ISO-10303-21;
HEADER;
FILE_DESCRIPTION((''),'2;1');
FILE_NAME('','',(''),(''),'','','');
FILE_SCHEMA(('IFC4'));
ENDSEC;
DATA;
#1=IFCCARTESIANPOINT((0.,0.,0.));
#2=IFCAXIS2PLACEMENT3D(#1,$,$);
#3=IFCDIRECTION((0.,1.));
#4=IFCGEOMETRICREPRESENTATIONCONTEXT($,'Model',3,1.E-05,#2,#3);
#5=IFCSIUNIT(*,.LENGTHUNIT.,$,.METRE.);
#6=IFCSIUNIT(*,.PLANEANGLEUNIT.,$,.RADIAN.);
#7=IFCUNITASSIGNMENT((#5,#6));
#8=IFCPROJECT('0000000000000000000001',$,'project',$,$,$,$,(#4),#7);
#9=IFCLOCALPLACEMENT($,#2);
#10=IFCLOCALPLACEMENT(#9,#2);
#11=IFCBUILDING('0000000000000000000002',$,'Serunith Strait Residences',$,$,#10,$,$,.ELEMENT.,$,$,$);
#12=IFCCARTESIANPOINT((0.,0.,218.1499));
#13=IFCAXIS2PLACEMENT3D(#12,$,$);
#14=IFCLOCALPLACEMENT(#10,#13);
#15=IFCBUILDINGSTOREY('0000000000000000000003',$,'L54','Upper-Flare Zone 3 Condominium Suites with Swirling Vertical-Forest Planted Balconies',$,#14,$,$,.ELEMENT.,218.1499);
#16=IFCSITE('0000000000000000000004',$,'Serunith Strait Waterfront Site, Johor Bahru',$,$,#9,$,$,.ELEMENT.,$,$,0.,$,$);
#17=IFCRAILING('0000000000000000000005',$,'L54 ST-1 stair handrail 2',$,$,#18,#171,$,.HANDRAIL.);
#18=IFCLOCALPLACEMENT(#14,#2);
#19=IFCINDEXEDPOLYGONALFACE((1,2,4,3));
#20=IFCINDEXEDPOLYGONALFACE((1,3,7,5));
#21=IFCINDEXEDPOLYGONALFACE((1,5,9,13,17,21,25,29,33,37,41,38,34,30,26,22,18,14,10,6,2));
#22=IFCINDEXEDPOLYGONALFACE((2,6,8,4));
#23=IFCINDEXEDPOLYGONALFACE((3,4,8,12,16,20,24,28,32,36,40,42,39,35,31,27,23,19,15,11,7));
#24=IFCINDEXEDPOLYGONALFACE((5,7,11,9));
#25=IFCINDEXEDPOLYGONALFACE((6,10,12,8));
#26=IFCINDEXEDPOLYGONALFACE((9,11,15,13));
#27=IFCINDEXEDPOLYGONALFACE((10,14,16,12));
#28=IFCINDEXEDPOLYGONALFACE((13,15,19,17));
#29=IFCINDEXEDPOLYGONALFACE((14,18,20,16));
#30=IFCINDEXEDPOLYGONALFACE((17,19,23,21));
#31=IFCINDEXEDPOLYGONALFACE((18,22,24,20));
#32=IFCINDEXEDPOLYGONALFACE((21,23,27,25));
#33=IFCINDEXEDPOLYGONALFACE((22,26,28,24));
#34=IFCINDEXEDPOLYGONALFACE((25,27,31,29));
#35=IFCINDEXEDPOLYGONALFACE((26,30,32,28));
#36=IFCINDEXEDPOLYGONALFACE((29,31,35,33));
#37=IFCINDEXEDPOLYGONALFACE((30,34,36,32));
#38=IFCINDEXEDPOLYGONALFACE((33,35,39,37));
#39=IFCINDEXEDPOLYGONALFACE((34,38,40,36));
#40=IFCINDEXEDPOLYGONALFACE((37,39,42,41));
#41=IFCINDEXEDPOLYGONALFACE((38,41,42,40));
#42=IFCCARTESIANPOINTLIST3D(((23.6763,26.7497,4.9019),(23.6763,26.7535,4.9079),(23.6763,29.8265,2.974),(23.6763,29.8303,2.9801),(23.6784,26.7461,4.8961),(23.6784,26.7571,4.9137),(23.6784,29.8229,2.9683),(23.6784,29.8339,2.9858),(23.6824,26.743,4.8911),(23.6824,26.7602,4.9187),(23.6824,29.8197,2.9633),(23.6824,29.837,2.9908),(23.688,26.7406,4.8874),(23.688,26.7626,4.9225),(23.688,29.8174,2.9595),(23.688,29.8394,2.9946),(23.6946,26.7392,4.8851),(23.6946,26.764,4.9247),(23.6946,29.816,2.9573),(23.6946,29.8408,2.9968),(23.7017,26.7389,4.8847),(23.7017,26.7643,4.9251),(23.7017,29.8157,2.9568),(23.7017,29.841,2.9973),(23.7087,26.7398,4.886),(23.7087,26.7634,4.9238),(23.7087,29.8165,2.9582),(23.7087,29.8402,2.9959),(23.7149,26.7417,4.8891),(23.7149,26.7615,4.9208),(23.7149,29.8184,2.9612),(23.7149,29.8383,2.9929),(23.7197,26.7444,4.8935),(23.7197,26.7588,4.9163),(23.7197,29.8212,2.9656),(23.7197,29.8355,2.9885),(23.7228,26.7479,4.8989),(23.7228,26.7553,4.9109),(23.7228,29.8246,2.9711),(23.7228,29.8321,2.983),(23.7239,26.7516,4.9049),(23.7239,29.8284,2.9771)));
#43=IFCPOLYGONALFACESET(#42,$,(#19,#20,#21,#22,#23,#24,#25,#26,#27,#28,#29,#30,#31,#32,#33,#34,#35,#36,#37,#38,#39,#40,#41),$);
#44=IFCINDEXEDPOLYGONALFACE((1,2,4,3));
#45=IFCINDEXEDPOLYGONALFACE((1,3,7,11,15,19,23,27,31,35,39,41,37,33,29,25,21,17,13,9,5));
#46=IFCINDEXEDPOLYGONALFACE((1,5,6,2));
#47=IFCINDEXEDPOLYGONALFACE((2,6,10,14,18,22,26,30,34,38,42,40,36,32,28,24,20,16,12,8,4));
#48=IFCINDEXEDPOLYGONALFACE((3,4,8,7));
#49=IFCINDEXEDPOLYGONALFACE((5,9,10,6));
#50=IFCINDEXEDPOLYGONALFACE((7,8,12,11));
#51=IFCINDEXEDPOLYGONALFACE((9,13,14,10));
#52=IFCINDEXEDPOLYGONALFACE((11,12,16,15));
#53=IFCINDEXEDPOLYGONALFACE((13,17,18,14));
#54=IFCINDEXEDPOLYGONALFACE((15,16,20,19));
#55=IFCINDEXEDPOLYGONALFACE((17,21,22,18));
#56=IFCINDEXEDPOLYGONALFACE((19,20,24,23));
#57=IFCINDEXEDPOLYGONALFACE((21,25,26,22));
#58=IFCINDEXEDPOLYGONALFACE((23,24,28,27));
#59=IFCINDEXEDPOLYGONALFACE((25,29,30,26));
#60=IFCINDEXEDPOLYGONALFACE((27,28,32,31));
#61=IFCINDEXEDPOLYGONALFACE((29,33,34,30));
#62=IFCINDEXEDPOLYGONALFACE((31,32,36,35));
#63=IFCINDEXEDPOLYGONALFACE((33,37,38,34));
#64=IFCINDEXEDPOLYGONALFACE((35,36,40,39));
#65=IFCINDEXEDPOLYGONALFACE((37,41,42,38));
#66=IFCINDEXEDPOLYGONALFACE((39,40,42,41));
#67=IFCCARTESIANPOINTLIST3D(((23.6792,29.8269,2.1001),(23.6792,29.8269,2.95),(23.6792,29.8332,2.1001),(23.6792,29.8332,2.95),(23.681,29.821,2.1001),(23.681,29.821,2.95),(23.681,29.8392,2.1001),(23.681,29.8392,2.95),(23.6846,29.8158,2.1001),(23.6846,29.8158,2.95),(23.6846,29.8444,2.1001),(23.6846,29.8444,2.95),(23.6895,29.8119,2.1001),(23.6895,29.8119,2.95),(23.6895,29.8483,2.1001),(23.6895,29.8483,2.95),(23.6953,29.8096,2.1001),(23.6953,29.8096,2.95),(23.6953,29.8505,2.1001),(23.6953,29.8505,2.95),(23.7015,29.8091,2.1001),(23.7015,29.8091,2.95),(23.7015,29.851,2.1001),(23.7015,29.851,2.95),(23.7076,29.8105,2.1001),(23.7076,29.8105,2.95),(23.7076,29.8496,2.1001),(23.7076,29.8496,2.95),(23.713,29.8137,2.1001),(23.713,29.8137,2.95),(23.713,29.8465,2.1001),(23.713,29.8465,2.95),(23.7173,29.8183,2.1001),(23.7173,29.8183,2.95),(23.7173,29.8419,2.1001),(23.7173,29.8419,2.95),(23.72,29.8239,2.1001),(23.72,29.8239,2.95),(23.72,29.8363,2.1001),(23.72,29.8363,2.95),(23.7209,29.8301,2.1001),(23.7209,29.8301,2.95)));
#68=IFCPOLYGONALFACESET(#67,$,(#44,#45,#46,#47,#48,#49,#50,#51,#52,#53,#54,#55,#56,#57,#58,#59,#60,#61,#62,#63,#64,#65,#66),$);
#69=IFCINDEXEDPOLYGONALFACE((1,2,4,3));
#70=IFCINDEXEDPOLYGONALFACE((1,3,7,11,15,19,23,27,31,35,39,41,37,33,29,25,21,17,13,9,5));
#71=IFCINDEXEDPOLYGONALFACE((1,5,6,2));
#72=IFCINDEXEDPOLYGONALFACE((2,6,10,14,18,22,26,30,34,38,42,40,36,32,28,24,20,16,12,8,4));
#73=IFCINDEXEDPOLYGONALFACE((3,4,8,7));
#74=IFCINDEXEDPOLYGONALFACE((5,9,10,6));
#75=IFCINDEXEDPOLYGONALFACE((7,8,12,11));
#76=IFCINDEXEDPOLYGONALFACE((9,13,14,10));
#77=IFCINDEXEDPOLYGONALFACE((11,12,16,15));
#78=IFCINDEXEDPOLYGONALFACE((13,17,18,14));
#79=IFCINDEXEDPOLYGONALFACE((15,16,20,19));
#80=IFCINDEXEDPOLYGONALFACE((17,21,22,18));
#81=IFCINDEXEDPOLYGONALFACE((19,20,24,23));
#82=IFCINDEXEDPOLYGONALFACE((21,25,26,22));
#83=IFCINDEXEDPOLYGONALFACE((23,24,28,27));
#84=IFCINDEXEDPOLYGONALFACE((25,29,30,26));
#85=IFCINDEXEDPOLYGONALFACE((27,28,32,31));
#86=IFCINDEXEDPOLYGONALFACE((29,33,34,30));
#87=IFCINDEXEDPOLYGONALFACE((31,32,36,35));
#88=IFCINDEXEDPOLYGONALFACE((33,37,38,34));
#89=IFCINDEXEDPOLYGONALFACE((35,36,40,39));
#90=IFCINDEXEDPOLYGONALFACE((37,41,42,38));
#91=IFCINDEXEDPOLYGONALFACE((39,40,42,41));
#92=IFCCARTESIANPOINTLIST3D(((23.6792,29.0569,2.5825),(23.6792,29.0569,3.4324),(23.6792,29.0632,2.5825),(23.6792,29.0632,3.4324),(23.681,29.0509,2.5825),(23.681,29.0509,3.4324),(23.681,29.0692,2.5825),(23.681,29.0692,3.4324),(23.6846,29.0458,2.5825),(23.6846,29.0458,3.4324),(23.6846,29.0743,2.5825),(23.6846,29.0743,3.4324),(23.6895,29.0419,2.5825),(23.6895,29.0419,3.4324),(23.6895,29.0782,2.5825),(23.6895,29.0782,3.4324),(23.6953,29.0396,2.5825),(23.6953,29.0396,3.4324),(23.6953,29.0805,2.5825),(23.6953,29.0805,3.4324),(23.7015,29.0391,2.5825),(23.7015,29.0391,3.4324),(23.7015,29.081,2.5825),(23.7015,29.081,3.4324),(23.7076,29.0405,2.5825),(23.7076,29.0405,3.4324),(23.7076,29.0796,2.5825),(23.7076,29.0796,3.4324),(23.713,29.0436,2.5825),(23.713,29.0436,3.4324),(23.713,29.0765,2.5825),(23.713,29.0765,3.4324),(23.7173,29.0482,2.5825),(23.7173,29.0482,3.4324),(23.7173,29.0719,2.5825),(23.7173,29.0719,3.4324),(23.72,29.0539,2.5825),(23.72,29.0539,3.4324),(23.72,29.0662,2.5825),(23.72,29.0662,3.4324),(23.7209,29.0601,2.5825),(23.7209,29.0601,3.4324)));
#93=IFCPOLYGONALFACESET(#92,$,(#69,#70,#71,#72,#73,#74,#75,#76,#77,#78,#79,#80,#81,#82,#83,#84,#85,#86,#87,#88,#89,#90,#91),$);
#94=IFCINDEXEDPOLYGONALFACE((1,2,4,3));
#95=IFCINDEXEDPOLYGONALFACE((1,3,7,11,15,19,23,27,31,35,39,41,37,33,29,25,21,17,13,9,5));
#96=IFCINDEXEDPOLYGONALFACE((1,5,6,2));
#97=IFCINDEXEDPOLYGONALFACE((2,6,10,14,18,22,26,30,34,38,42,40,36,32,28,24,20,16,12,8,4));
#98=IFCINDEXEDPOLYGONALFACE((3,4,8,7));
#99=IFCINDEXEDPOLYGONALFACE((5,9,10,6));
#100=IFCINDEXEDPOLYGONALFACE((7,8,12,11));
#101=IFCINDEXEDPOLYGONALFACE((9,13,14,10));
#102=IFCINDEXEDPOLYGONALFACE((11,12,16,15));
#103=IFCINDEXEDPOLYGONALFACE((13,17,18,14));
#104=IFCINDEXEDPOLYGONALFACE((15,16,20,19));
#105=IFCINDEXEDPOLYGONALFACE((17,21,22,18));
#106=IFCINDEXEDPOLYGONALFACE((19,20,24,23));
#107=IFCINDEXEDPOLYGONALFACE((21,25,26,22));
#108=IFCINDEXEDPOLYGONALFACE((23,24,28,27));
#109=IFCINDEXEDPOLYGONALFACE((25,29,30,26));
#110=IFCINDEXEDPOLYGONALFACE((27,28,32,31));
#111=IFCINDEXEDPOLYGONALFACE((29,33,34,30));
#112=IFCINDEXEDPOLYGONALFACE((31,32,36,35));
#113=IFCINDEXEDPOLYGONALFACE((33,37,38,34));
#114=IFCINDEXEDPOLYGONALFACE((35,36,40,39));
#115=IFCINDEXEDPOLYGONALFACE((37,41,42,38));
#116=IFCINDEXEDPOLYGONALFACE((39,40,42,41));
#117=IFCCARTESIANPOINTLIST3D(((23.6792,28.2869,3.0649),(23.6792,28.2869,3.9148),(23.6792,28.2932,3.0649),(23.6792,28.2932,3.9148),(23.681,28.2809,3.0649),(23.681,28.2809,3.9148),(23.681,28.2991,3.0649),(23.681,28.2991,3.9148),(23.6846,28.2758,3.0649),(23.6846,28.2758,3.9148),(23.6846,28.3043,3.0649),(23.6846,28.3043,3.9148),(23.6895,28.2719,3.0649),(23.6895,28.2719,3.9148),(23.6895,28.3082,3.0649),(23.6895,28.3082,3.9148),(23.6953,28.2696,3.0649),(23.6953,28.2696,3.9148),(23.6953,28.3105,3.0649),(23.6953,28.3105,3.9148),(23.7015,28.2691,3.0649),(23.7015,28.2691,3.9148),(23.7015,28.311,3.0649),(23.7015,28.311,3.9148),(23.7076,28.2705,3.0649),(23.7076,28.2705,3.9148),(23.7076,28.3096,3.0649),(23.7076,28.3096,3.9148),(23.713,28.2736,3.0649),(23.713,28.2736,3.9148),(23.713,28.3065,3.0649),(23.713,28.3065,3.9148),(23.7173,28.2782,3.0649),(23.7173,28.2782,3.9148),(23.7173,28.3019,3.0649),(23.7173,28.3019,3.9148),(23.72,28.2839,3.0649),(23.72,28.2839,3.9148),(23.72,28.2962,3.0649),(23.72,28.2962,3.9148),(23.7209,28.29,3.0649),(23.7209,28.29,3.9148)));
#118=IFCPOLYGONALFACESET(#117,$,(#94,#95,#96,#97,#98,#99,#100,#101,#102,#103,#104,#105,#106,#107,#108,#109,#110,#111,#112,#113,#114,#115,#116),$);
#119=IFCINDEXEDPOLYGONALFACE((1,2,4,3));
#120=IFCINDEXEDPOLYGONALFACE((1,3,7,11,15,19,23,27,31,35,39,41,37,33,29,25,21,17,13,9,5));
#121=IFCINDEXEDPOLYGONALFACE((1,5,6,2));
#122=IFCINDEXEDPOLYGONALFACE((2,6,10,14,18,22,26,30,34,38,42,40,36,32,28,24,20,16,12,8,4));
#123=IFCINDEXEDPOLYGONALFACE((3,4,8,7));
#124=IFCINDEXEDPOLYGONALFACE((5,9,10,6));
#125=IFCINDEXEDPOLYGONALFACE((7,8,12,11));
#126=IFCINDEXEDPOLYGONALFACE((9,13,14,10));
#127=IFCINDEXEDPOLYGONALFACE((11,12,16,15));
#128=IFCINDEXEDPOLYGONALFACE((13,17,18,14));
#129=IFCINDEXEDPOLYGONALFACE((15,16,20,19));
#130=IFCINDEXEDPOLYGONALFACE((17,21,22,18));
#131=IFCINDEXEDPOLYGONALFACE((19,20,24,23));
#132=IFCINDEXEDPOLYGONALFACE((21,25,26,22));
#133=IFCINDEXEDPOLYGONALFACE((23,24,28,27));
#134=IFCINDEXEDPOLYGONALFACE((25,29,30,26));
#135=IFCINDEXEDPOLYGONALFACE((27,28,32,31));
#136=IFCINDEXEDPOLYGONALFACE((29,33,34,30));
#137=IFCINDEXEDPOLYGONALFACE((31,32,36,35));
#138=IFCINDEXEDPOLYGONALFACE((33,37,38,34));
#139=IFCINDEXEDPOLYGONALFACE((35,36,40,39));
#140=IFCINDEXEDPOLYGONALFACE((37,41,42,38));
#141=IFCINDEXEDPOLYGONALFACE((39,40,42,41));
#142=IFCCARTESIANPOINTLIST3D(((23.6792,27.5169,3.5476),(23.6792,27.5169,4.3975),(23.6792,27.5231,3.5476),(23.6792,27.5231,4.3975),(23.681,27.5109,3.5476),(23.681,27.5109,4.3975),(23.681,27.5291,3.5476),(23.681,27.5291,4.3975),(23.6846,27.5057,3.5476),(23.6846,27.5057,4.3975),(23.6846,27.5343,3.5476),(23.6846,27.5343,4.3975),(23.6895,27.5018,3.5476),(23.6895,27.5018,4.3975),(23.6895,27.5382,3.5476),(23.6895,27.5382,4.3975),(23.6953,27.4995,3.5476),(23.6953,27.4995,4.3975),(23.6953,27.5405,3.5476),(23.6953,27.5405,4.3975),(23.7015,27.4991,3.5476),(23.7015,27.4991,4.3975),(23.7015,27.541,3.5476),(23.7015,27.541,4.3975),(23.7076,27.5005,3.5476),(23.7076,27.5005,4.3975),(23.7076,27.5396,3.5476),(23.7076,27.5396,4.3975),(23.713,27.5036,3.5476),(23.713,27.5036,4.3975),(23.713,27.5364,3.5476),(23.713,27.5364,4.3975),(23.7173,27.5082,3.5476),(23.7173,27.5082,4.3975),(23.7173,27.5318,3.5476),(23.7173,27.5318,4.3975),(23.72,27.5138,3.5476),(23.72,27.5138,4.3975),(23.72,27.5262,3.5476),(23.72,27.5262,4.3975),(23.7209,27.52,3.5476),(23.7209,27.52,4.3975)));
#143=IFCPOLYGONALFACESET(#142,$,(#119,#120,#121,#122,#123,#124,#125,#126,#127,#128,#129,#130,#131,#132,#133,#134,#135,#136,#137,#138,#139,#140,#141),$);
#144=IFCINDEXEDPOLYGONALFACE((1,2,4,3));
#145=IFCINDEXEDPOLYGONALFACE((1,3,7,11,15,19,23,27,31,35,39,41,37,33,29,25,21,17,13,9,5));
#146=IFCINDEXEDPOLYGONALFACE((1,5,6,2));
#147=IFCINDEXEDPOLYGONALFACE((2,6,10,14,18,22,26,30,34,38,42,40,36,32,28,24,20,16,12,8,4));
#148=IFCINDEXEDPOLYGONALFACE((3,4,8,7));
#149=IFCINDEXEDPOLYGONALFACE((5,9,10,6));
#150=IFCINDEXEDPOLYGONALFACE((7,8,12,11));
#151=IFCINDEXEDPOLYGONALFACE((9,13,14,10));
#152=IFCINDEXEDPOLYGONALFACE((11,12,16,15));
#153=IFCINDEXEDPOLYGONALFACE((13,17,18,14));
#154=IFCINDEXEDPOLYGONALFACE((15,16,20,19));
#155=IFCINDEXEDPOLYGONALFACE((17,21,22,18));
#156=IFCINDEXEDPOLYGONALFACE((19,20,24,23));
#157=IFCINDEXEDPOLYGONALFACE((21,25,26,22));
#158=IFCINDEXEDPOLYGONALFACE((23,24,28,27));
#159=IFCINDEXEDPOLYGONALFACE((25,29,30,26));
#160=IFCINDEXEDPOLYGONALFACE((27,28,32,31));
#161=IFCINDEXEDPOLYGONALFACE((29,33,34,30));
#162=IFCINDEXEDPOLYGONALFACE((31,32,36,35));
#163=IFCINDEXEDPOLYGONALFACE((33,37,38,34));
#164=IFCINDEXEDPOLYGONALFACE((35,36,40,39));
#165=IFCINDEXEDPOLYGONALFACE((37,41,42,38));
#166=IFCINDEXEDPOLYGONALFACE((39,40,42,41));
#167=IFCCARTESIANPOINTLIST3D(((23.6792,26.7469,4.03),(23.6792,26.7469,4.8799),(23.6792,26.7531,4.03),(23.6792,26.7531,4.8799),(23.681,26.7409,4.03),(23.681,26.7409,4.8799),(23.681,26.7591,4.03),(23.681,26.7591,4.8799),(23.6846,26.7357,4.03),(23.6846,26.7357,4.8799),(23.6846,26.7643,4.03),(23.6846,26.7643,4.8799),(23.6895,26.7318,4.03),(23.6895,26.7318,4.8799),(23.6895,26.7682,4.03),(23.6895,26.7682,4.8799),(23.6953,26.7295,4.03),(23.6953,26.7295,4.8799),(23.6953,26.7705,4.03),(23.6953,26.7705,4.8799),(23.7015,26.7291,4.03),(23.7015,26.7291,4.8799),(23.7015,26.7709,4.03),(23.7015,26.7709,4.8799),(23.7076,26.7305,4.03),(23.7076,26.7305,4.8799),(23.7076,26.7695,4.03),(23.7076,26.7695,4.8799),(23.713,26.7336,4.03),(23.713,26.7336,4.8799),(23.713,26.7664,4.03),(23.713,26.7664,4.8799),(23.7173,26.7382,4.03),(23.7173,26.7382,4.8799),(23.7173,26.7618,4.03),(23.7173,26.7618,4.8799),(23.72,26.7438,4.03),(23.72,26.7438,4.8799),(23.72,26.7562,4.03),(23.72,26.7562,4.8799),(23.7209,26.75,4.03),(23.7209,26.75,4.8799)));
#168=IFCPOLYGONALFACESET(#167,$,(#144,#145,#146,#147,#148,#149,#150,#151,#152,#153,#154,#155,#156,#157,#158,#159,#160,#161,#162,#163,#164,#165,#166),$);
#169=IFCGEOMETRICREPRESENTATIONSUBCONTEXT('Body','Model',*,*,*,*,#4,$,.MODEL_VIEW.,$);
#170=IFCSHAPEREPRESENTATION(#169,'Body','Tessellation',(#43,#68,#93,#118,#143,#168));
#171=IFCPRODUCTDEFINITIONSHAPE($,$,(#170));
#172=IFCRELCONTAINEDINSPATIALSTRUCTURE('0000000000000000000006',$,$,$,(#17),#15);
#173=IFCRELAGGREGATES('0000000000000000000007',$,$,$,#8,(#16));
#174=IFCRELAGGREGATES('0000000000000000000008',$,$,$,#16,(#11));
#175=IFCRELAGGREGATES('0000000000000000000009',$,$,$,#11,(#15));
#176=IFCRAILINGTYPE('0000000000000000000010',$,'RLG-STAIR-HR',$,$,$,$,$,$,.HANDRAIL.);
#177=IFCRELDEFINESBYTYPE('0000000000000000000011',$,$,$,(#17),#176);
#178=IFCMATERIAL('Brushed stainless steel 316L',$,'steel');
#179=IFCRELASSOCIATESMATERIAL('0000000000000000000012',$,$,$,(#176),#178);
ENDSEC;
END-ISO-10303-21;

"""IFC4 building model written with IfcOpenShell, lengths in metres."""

from ifc_helpers import new_model, si_unit, direction, frame, origin, origin_2d, place, context, subcontext, project, spatial, circle, extrude, material, type_object, element, save


model = new_model("IFC4")

# Units and contexts
model_context = context("Model", 3, precision=1e-05, world=origin(), true_north=direction((0.0, 1.0)))
body_context = subcontext(model_context, "Body", "Model", "MODEL_VIEW")
ifc_project = project(units=[si_unit("LENGTHUNIT", "METRE"), si_unit("PLANEANGLEUNIT", "RADIAN")], contexts=[model_context])

# Site, building, storey
site_placement = place(None, origin())
site = spatial("IfcSite", under=ifc_project, at=site_placement, Name="Serunith Strait Waterfront Site, Johor Bahru", CompositionType="ELEMENT", RefElevation=0.0)
building_placement = place(site_placement, origin())
building = spatial("IfcBuilding", under=site, at=building_placement, Name="Serunith Strait Residences", CompositionType="ELEMENT")
storey_placement = place(building_placement, frame((0.0, 0.0, 218.1499)))
storey = spatial("IfcBuildingStorey", under=building, at=storey_placement, Name="L54", Description="Upper-Flare Zone 3 Condominium Suites with Swirling Vertical-Forest Planted Balconies", CompositionType="ELEMENT", Elevation=218.1499)

# Railing
ifc_material_1 = material(Name="Brushed stainless steel 316L", Category="steel")
railing_type_1 = type_object("IfcRailingType", Name="RLG-STAIR-HR", PredefinedType="HANDRAIL", material=ifc_material_1)
railing_1_placement = place(storey_placement, frame((23.7, 29.8301, 2.1001)))
element("IfcRailing", 1, at=railing_1_placement, inside=storey, type_object=railing_type_1, Name="L54 ST-1 stair handrail 2", PredefinedType="HANDRAIL", context=body_context, shape_type="SweptSolid", body=[
    extrude(circle(Radius=0.0239, at=origin_2d()), frame((0.0, -0.0017, 0.877), z_axis=(0.0, -0.847394, 0.530965), x_axis=(1.0, 0.0, 0.0)), (0.0, 0.0, 1.0), 3.6309),
    extrude(circle(Radius=0.021, at=origin_2d()), origin(), (0.0, 0.0, 1.0), 0.8499),
    extrude(circle(Radius=0.021, at=origin_2d()), frame((0.0, -0.77, 0.4824)), (0.0, 0.0, 1.0), 0.8499),
    extrude(circle(Radius=0.021, at=origin_2d()), frame((0.0, -1.54, 0.9648)), (0.0, 0.0, 1.0), 0.8499),
    extrude(circle(Radius=0.021, at=origin_2d()), frame((0.0, -2.3101, 1.4475)), (0.0, 0.0, 1.0), 0.8499),
    extrude(circle(Radius=0.021, at=origin_2d()), frame((0.0, -3.0801, 1.9299)), (0.0, 0.0, 1.0), 0.8499),
])

save(model, "model.ifc")
